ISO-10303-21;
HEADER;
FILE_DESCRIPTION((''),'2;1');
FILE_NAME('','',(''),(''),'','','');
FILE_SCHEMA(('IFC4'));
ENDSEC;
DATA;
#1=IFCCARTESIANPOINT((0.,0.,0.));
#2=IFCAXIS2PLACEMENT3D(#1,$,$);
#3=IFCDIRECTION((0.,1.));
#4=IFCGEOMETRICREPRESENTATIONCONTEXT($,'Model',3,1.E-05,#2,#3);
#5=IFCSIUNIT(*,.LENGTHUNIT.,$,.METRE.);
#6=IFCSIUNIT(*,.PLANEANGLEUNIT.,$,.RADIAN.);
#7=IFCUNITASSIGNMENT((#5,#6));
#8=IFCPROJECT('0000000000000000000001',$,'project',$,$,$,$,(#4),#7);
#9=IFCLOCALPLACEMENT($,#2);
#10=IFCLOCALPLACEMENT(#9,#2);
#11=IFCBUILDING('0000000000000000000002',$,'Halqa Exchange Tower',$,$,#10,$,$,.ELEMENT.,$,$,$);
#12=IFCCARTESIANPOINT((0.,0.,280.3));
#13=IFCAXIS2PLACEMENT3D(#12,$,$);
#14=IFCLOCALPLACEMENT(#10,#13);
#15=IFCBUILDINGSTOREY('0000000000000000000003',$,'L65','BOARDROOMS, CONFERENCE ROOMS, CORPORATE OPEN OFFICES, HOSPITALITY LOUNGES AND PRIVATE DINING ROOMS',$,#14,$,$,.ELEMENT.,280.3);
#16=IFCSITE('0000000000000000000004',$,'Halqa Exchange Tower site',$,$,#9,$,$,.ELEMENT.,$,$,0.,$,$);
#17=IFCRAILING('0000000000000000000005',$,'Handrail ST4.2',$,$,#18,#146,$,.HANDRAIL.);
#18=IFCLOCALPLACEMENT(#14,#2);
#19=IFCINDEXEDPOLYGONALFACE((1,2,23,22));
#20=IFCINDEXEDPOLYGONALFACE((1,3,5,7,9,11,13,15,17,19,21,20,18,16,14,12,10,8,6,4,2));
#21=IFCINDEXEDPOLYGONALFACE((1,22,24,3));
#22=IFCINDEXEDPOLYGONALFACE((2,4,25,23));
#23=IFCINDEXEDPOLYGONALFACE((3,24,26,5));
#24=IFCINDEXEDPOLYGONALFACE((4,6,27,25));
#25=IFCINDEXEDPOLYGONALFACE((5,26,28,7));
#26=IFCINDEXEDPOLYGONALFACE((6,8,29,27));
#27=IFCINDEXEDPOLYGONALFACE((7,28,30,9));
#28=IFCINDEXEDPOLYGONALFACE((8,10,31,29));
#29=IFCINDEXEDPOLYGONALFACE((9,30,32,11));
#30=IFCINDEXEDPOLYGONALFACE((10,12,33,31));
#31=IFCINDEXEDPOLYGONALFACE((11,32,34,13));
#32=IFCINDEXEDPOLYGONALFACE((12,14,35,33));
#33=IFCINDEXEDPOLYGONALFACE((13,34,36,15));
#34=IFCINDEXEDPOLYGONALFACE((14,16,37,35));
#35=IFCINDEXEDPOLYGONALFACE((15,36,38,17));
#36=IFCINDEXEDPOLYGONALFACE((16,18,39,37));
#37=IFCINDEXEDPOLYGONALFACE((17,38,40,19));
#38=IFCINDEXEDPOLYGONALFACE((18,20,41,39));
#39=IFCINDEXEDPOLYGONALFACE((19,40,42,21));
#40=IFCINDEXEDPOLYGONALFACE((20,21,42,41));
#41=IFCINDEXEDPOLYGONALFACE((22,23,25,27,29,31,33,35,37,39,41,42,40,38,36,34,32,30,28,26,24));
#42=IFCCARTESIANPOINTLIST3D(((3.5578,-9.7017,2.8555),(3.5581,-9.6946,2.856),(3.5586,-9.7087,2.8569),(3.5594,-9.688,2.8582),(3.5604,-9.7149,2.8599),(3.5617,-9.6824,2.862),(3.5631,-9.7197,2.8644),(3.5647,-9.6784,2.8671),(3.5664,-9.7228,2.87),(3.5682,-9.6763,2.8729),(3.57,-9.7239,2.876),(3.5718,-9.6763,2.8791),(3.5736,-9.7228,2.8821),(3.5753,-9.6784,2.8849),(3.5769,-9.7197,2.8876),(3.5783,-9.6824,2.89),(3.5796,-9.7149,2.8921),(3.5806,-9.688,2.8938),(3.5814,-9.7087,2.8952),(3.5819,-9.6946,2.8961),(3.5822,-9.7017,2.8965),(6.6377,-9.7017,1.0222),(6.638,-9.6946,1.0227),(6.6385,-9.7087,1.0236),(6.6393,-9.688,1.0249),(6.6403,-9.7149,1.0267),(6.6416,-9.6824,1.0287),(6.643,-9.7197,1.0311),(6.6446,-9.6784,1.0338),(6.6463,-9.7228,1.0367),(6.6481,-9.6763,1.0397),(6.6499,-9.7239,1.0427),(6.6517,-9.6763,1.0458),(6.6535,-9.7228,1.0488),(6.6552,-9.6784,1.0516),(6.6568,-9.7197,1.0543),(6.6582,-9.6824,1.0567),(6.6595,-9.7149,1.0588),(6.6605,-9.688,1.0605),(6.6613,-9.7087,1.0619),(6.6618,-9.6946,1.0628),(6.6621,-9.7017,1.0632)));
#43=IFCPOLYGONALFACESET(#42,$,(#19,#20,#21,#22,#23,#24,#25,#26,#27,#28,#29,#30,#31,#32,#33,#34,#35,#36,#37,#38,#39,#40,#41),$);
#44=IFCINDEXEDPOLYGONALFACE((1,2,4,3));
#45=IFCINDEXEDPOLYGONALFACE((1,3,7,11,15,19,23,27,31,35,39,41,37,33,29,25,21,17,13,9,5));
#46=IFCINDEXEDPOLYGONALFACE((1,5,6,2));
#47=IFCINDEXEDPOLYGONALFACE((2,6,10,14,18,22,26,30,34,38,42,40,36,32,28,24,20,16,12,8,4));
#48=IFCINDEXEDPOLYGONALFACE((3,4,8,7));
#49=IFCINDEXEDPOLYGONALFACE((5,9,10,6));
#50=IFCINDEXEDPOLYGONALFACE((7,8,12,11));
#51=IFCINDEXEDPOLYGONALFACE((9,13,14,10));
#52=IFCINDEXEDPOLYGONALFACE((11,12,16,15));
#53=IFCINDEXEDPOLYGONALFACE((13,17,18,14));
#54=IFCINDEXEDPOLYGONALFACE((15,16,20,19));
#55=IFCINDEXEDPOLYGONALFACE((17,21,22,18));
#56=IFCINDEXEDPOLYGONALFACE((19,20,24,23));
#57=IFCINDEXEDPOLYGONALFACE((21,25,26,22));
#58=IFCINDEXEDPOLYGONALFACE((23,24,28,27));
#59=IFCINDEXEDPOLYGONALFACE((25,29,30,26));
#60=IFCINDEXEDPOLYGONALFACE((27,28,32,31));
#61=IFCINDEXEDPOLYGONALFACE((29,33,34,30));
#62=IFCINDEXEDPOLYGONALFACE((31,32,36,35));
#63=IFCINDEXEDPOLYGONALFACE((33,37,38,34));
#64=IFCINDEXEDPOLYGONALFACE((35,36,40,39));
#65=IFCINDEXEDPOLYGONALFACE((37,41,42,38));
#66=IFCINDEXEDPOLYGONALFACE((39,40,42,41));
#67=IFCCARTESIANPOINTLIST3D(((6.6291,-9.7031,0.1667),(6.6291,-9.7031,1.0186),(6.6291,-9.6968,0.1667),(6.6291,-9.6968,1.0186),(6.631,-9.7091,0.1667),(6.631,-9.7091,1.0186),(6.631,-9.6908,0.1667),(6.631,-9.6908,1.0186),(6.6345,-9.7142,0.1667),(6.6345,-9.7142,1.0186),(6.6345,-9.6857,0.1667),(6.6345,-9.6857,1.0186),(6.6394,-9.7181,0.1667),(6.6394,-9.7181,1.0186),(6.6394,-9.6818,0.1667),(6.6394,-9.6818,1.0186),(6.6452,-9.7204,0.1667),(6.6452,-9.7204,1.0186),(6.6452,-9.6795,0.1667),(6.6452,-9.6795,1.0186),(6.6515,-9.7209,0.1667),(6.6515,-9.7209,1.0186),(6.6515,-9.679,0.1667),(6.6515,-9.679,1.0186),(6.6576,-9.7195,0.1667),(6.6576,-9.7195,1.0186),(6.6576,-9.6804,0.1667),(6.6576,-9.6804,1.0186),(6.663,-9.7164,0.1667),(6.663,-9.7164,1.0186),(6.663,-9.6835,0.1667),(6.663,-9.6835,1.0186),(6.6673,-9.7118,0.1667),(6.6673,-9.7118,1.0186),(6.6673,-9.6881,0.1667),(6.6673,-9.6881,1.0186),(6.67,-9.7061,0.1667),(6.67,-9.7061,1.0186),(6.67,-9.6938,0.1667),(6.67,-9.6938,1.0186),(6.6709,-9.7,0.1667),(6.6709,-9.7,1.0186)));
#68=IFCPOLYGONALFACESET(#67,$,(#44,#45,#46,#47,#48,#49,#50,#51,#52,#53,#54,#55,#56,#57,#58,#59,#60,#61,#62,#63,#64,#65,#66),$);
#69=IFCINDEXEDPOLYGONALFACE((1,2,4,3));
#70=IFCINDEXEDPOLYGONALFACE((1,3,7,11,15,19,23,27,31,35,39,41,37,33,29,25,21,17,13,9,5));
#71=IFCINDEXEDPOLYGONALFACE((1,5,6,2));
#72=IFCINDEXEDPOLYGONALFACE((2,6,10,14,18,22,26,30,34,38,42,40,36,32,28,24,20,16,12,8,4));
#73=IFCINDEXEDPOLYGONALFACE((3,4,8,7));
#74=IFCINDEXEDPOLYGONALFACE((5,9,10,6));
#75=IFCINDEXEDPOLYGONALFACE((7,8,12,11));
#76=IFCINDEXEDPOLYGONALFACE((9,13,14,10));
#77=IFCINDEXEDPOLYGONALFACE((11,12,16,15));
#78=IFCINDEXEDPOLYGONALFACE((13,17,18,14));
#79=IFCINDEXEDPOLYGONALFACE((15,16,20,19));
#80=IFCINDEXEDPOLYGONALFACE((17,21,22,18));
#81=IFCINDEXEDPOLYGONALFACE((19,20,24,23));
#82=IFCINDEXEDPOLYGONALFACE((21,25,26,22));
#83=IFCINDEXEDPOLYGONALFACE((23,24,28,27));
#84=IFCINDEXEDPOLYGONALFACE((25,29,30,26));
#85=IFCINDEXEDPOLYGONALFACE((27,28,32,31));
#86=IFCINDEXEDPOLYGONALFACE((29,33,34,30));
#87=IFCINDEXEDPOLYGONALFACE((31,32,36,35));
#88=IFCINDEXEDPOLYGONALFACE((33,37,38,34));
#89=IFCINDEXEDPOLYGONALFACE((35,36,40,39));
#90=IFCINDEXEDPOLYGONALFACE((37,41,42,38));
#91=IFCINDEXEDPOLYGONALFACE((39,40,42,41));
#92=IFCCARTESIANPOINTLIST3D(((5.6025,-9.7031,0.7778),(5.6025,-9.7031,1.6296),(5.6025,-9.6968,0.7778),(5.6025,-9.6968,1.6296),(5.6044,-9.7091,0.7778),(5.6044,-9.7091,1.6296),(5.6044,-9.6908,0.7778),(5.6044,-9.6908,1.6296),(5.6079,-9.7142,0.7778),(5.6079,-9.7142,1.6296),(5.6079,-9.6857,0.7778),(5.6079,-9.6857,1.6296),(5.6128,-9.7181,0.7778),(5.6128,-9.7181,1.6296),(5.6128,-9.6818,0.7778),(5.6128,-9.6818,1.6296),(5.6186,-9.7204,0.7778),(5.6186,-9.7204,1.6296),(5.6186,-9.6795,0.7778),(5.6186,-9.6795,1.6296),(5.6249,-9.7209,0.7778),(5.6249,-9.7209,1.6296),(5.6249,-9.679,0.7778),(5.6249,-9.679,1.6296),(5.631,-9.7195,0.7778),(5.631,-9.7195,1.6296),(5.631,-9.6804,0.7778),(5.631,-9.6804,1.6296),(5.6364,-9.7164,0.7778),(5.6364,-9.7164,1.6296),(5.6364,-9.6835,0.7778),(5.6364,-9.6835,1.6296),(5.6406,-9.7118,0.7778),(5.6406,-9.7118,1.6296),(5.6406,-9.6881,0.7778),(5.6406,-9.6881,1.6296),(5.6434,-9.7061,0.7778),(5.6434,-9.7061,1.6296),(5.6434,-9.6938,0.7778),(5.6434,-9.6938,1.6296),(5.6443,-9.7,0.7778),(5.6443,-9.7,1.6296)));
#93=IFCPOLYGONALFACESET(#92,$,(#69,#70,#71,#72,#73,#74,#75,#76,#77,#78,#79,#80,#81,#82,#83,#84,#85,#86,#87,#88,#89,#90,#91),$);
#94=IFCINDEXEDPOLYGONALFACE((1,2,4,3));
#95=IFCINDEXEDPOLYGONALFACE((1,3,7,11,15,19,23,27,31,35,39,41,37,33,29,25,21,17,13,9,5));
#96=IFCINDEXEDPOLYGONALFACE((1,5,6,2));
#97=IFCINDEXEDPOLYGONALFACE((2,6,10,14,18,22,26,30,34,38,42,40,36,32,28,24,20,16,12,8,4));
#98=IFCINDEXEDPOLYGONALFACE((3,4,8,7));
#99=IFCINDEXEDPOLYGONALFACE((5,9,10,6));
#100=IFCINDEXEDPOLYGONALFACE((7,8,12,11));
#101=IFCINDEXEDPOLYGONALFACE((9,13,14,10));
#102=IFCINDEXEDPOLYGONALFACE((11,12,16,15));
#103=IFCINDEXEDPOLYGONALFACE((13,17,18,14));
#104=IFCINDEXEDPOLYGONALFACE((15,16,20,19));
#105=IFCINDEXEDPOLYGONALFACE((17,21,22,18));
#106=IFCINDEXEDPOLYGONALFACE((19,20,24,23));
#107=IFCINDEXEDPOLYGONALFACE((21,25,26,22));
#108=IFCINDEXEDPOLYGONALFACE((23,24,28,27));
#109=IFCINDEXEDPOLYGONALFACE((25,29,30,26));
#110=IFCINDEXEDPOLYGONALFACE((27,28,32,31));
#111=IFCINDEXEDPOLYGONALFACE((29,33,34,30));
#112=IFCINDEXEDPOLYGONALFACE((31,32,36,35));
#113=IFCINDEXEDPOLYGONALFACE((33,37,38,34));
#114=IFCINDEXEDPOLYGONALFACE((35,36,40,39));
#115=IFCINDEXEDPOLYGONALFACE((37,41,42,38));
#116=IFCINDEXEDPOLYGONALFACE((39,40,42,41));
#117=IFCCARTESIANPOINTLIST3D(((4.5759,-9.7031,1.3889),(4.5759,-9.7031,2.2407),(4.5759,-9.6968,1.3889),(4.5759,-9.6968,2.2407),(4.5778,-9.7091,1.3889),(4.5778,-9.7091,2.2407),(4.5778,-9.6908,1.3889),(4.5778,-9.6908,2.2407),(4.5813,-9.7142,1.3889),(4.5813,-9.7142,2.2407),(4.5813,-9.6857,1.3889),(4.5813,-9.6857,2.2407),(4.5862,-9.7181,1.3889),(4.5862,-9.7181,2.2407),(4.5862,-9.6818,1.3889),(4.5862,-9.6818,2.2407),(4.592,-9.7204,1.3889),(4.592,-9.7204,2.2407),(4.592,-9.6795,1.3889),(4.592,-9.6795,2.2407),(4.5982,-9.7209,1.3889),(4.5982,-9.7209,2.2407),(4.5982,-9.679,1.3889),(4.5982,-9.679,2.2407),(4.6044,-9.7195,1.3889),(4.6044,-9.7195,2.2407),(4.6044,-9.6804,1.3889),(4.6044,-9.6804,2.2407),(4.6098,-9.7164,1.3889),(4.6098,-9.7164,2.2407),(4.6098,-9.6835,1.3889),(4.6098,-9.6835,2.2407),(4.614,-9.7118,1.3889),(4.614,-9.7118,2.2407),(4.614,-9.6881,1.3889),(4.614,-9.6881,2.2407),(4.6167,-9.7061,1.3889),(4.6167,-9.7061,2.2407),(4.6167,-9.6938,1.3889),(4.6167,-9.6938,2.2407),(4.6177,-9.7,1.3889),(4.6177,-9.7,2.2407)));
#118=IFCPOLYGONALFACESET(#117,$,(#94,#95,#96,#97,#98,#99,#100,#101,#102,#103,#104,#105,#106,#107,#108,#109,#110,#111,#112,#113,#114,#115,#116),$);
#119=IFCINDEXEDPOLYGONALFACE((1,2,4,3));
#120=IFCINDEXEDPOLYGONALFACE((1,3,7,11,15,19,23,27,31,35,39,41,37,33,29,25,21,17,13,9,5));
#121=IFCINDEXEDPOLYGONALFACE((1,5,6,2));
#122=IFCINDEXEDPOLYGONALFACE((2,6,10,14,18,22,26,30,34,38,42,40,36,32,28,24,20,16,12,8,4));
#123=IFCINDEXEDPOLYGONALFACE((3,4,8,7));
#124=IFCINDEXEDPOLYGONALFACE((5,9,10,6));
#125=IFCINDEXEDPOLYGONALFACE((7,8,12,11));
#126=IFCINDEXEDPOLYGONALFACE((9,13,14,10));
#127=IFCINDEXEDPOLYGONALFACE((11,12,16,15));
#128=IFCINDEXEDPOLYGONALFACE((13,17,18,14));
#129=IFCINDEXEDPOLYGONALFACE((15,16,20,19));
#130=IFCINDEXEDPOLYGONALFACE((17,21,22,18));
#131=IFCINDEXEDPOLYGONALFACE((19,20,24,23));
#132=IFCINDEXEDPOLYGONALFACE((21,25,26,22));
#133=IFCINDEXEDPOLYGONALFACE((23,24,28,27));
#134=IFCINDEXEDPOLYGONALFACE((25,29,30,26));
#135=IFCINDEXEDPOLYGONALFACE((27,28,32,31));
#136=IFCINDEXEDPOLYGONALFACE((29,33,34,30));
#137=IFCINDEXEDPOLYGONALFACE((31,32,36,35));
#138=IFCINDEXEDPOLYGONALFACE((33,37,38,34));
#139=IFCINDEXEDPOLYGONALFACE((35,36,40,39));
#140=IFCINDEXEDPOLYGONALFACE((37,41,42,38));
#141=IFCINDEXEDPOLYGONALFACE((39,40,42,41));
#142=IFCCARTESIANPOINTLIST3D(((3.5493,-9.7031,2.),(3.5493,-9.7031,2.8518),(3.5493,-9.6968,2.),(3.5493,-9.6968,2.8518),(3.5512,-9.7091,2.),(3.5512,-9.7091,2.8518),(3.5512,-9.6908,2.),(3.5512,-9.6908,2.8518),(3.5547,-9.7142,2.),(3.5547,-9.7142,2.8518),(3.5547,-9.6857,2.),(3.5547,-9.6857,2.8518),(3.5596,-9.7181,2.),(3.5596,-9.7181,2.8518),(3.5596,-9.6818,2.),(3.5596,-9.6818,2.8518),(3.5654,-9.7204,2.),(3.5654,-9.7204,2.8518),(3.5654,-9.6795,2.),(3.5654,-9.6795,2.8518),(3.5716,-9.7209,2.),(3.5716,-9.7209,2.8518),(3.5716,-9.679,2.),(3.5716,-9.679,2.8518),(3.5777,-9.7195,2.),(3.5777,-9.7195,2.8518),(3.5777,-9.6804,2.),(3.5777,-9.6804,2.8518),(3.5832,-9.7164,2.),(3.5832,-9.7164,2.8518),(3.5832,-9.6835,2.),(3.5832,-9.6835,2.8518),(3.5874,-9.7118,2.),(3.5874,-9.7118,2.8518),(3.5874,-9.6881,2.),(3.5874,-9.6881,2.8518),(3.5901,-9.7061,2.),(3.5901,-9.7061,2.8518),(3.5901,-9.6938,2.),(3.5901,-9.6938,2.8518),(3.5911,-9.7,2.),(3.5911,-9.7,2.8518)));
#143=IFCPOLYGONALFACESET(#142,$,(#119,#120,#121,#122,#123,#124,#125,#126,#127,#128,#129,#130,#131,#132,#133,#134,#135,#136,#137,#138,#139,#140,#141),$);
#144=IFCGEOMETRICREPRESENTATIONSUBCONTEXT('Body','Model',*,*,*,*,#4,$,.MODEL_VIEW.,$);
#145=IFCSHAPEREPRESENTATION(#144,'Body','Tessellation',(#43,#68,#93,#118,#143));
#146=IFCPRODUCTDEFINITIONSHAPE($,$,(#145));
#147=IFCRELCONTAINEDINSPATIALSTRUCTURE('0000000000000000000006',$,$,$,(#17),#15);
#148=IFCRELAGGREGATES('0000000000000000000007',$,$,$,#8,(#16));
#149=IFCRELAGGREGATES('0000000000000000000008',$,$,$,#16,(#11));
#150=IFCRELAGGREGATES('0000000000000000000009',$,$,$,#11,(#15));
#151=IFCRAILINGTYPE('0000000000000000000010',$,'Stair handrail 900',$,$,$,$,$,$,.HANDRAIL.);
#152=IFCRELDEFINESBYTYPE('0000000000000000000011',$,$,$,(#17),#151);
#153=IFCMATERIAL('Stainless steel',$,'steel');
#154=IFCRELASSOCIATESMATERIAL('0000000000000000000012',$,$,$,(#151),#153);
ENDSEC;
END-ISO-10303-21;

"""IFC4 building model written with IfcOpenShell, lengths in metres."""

from ifc_helpers import new_model, si_unit, direction, frame, origin, origin_2d, place, context, subcontext, project, spatial, circle, extrude, material, type_object, element, save


model = new_model("IFC4")

# Units and contexts
model_context = context("Model", 3, precision=1e-05, world=origin(), true_north=direction((0.0, 1.0)))
body_context = subcontext(model_context, "Body", "Model", "MODEL_VIEW")
ifc_project = project(units=[si_unit("LENGTHUNIT", "METRE"), si_unit("PLANEANGLEUNIT", "RADIAN")], contexts=[model_context])

# Site, building, storey
site_placement = place(None, origin())
site = spatial("IfcSite", under=ifc_project, at=site_placement, Name="Halqa Exchange Tower site", CompositionType="ELEMENT", RefElevation=0.0)
building_placement = place(site_placement, origin())
building = spatial("IfcBuilding", under=site, at=building_placement, Name="Halqa Exchange Tower", CompositionType="ELEMENT")
storey_placement = place(building_placement, frame((0.0, 0.0, 280.3)))
storey = spatial("IfcBuildingStorey", under=building, at=storey_placement, Name="L65", Description="BOARDROOMS, CONFERENCE ROOMS, CORPORATE OPEN OFFICES, HOSPITALITY LOUNGES AND PRIVATE DINING ROOMS", CompositionType="ELEMENT", Elevation=280.3)

# Railing
ifc_material_1 = material(Name="Stainless steel", Category="steel")
railing_type_1 = type_object("IfcRailingType", Name="Stair handrail 900", PredefinedType="HANDRAIL", material=ifc_material_1)
railing_1_placement = place(storey_placement, frame((6.6499, -9.7, 0.1667)))
element("IfcRailing", 1, at=railing_1_placement, inside=storey, type_object=railing_type_1, Name="Handrail ST4.2", PredefinedType="HANDRAIL", context=body_context, shape_type="SweptSolid", body=[
    extrude(circle(Radius=0.0239, at=origin_2d()), frame((0.0, 0.0, 0.876), z_axis=(-0.859291, 0.0, 0.511487), x_axis=(0.0, -1.0, 0.0)), (0.0, 0.0, 1.0), 3.5842),
    extrude(circle(Radius=0.021, at=origin_2d()), origin(), (0.0, 0.0, 1.0), 0.8518),
    extrude(circle(Radius=0.021, at=origin_2d()), frame((-1.0266, 0.0, 0.6111)), (0.0, 0.0, 1.0), 0.8518),
    extrude(circle(Radius=0.021, at=origin_2d()), frame((-2.0532, 0.0, 1.2222)), (0.0, 0.0, 1.0), 0.8518),
    extrude(circle(Radius=0.021, at=origin_2d()), frame((-3.0798, 0.0, 1.8333)), (0.0, 0.0, 1.0), 0.8518),
])

save(model, "model.ifc")
